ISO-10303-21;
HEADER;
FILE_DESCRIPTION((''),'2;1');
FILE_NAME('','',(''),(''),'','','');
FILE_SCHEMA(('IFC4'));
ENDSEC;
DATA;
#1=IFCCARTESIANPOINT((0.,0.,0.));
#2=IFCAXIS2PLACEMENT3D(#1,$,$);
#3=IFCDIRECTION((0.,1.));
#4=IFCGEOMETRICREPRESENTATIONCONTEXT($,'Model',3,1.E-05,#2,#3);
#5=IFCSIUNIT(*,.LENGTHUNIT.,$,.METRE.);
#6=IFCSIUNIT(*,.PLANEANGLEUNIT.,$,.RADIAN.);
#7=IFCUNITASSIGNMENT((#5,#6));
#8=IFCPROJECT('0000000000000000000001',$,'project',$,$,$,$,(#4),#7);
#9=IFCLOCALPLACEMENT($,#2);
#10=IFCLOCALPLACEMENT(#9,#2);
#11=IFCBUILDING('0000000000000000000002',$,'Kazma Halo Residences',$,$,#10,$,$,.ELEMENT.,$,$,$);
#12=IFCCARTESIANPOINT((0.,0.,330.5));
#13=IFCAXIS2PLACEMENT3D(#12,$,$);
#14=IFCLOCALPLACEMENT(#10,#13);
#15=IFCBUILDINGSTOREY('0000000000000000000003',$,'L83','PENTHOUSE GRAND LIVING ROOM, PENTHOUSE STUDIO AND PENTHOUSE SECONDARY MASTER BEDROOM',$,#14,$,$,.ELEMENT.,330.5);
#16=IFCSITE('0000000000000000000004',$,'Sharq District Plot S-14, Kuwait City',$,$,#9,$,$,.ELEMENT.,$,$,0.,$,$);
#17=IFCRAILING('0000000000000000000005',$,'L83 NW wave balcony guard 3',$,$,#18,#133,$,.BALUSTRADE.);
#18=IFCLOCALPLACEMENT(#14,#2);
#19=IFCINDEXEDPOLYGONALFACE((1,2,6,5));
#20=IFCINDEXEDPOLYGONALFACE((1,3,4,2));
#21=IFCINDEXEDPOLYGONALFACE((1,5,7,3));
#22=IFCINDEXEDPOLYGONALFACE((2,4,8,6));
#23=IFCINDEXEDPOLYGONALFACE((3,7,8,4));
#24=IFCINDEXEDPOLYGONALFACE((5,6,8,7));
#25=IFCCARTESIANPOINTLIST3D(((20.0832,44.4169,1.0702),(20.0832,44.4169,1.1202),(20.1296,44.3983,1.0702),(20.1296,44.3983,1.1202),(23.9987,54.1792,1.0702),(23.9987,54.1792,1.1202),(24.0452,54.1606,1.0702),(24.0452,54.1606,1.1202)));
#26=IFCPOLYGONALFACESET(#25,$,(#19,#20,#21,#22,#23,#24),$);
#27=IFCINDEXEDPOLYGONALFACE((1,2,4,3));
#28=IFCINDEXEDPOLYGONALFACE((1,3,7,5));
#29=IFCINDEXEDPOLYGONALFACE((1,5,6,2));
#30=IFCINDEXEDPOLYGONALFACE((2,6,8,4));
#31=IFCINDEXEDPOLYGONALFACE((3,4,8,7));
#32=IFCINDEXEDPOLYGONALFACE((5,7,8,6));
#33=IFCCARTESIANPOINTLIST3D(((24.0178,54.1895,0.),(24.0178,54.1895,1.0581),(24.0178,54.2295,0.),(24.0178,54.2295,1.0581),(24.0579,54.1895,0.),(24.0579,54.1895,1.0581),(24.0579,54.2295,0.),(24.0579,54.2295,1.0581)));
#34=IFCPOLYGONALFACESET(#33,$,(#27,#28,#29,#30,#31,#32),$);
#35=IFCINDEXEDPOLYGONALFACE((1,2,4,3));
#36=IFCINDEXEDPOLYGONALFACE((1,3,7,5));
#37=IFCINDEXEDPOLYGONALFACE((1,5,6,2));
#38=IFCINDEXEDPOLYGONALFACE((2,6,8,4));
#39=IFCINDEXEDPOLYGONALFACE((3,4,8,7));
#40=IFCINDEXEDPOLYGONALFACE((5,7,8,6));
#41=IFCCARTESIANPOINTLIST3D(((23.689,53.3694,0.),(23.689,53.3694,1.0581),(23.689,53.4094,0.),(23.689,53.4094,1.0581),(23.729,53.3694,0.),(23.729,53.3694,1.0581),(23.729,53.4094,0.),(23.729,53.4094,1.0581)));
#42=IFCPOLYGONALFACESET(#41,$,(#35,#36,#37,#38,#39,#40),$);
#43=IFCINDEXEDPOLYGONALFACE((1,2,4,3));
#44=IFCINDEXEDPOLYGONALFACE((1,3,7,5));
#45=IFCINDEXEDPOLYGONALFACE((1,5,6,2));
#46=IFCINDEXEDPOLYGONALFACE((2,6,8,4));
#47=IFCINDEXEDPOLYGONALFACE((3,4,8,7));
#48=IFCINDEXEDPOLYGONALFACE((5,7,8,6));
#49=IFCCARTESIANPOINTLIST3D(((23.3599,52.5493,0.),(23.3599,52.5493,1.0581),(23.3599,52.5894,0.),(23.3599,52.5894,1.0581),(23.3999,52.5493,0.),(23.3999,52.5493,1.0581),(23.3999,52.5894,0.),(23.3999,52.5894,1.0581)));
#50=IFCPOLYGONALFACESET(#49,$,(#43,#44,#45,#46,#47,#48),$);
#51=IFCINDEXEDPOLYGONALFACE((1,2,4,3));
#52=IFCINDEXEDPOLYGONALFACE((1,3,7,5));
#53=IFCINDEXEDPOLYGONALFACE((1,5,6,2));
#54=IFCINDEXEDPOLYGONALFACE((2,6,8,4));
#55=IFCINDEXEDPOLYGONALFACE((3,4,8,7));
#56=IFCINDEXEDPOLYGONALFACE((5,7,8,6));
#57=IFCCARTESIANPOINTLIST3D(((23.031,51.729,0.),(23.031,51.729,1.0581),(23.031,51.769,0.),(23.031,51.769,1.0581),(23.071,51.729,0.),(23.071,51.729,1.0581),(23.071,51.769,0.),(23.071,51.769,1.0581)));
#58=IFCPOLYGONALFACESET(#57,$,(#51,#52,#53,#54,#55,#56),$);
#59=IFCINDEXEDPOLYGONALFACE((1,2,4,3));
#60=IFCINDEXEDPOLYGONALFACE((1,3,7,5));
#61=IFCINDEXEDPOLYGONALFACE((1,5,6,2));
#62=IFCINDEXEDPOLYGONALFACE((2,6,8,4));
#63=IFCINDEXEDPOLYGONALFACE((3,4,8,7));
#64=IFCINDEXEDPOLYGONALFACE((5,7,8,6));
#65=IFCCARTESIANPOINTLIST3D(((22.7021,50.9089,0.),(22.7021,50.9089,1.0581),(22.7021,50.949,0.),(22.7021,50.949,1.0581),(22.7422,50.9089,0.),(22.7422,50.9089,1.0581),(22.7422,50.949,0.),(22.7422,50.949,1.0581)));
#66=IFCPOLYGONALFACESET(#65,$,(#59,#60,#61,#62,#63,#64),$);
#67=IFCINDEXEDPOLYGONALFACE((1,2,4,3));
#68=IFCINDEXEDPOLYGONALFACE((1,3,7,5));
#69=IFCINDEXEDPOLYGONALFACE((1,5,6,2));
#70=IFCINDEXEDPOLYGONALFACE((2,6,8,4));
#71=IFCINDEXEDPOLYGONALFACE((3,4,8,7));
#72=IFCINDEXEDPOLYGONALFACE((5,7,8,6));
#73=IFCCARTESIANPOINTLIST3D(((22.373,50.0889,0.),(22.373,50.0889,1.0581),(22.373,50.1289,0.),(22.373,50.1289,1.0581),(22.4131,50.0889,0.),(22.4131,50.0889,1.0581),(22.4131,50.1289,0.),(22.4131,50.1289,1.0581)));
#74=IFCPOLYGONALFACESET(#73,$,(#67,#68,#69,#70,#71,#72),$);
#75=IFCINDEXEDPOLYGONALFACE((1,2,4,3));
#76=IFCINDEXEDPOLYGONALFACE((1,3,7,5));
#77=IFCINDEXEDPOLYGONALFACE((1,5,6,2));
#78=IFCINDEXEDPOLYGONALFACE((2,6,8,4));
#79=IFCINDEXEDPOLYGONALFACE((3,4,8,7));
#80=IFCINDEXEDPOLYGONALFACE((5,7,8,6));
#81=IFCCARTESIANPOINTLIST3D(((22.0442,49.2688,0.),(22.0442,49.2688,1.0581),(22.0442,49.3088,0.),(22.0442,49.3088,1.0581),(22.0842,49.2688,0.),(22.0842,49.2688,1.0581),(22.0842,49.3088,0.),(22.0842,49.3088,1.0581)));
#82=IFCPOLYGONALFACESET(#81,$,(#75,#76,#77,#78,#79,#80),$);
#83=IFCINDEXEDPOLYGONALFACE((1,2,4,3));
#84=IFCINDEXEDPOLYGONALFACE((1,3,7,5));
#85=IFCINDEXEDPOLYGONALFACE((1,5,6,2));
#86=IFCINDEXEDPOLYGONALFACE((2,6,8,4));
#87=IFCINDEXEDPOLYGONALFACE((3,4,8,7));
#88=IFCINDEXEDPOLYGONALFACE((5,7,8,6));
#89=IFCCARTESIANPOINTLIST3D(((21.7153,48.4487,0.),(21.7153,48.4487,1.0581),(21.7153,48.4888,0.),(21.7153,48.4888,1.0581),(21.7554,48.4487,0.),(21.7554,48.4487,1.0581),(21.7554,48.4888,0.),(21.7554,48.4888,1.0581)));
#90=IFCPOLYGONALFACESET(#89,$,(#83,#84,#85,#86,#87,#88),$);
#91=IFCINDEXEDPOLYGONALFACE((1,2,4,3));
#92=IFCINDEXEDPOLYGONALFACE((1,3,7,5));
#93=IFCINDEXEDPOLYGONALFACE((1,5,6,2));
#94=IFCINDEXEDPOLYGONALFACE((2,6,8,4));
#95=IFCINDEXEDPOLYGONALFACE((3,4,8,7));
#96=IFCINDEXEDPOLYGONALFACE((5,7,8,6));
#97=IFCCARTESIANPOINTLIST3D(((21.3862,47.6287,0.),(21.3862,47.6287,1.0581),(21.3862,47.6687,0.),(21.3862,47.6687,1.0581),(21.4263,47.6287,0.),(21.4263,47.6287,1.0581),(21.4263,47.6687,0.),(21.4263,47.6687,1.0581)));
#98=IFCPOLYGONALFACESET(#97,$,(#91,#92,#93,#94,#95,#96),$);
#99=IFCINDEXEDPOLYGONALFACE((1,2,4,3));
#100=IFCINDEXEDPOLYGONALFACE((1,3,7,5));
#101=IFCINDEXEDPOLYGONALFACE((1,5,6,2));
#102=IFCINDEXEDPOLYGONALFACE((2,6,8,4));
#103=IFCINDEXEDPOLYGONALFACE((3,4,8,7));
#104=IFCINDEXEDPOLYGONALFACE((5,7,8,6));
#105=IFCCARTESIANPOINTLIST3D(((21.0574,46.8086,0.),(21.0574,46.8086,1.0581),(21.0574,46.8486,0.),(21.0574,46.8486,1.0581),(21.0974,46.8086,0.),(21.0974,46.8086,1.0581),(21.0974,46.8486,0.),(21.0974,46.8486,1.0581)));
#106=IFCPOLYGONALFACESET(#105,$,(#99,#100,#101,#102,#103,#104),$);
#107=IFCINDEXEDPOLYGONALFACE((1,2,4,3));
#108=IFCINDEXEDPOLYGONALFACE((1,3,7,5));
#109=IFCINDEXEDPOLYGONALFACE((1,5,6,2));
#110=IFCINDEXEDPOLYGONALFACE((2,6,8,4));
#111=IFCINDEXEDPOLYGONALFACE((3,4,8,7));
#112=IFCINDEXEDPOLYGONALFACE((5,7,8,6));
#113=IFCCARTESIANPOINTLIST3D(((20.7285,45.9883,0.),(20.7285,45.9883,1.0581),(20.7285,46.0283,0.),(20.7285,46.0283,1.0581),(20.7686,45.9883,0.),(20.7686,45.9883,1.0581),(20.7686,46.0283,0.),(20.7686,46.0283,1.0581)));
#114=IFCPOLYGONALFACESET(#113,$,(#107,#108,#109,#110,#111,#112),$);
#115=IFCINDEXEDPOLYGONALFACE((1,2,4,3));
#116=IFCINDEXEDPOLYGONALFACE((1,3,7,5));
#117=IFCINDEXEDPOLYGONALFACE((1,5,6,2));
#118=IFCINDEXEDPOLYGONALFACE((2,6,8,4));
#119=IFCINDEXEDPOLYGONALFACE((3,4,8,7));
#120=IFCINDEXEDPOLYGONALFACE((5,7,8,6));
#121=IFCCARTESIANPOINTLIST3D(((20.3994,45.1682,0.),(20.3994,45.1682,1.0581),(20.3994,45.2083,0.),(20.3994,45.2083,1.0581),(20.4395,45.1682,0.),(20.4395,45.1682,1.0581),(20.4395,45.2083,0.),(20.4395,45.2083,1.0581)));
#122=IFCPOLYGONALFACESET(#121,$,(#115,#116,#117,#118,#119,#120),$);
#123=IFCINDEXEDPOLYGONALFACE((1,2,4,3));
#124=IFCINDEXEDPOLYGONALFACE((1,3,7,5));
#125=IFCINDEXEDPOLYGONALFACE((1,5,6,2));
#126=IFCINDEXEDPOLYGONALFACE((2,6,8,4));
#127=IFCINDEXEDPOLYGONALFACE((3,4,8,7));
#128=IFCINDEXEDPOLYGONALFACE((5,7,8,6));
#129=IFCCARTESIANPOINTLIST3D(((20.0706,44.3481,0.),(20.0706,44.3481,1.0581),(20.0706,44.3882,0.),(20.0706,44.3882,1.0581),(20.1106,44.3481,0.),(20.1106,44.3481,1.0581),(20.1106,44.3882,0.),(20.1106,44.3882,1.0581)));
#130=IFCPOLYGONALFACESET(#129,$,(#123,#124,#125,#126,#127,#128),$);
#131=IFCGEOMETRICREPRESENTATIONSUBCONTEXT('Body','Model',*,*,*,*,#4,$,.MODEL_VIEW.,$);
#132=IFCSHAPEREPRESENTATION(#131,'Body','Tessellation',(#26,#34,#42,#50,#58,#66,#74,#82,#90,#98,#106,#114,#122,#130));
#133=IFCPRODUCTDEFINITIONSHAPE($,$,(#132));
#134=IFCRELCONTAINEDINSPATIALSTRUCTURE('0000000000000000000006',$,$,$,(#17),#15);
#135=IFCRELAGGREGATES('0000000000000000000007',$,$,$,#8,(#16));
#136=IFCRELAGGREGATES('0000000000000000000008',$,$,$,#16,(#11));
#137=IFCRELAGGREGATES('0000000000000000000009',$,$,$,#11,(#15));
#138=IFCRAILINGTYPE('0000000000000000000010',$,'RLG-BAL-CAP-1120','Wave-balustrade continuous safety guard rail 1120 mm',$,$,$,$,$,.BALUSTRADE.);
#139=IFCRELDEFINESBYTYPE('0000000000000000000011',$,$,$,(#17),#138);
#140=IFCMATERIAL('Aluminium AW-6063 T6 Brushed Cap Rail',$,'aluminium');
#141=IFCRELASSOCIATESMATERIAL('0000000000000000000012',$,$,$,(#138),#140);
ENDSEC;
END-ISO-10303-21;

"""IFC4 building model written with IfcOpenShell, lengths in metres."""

from ifc_helpers import new_model, si_unit, direction, frame, origin, origin_2d, place, context, subcontext, project, spatial, rectangle, extrude, material, type_object, element, save


model = new_model("IFC4")

# Units and contexts
model_context = context("Model", 3, precision=1e-05, world=origin(), true_north=direction((0.0, 1.0)))
body_context = subcontext(model_context, "Body", "Model", "MODEL_VIEW")
ifc_project = project(units=[si_unit("LENGTHUNIT", "METRE"), si_unit("PLANEANGLEUNIT", "RADIAN")], contexts=[model_context])

# Site, building, storey
site_placement = place(None, origin())
site = spatial("IfcSite", under=ifc_project, at=site_placement, Name="Sharq District Plot S-14, Kuwait City", CompositionType="ELEMENT", RefElevation=0.0)
building_placement = place(site_placement, origin())
building = spatial("IfcBuilding", under=site, at=building_placement, Name="Kazma Halo Residences", CompositionType="ELEMENT")
storey_placement = place(building_placement, frame((0.0, 0.0, 330.5)))
storey = spatial("IfcBuildingStorey", under=building, at=storey_placement, Name="L83", Description="PENTHOUSE GRAND LIVING ROOM, PENTHOUSE STUDIO AND PENTHOUSE SECONDARY MASTER BEDROOM", CompositionType="ELEMENT", Elevation=330.5)

# Railing
ifc_material_1 = material(Name="Aluminium AW-6063 T6 Brushed Cap Rail", Category="aluminium")
railing_type = type_object("IfcRailingType", Name="RLG-BAL-CAP-1120", Description="Wave-balustrade continuous safety guard rail 1120 mm", PredefinedType="BALUSTRADE", material=ifc_material_1)
railing_1_placement = place(storey_placement, frame((24.0378, 54.2095, 0.0)))
element("IfcRailing", 1, at=railing_1_placement, inside=storey, type_object=railing_type, Name="L83 NW wave balcony guard 3", PredefinedType="BALUSTRADE", context=body_context, shape_type="SweptSolid", body=[
    extrude(rectangle(XDim=0.05, YDim=0.05, at=origin_2d()), frame((-0.0159, -0.0396, 1.0952), z_axis=(-0.372264, -0.928127, 0.0), x_axis=(0.928127, -0.372264, 0.0)), (0.0, 0.0, 1.0), 10.5183),
    extrude(rectangle(XDim=0.04, YDim=0.04, at=origin_2d()), origin(), (0.0, 0.0, 1.0), 1.0581),
    extrude(rectangle(XDim=0.04, YDim=0.04, at=origin_2d()), frame((-0.3289, -0.8201, 0.0)), (0.0, 0.0, 1.0), 1.0581),
    extrude(rectangle(XDim=0.04, YDim=0.04, at=origin_2d()), frame((-0.658, -1.6401, 0.0)), (0.0, 0.0, 1.0), 1.0581),
    extrude(rectangle(XDim=0.04, YDim=0.04, at=origin_2d()), frame((-0.9868, -2.4604, 0.0)), (0.0, 0.0, 1.0), 1.0581),
    extrude(rectangle(XDim=0.04, YDim=0.04, at=origin_2d()), frame((-1.3157, -3.2805, 0.0)), (0.0, 0.0, 1.0), 1.0581),
    extrude(rectangle(XDim=0.04, YDim=0.04, at=origin_2d()), frame((-1.6448, -4.1006, 0.0)), (0.0, 0.0, 1.0), 1.0581),
    extrude(rectangle(XDim=0.04, YDim=0.04, at=origin_2d()), frame((-1.9736, -4.9207, 0.0)), (0.0, 0.0, 1.0), 1.0581),
    extrude(rectangle(XDim=0.04, YDim=0.04, at=origin_2d()), frame((-2.3025, -5.7407, 0.0)), (0.0, 0.0, 1.0), 1.0581),
    extrude(rectangle(XDim=0.04, YDim=0.04, at=origin_2d()), frame((-2.6316, -6.5608, 0.0)), (0.0, 0.0, 1.0), 1.0581),
    extrude(rectangle(XDim=0.04, YDim=0.04, at=origin_2d()), frame((-2.9604, -7.3809, 0.0)), (0.0, 0.0, 1.0), 1.0581),
    extrude(rectangle(XDim=0.04, YDim=0.04, at=origin_2d()), frame((-3.2893, -8.2012, 0.0)), (0.0, 0.0, 1.0), 1.0581),
    extrude(rectangle(XDim=0.04, YDim=0.04, at=origin_2d()), frame((-3.6184, -9.0212, 0.0)), (0.0, 0.0, 1.0), 1.0581),
    extrude(rectangle(XDim=0.04, YDim=0.04, at=origin_2d()), frame((-3.9473, -9.8413, 0.0)), (0.0, 0.0, 1.0), 1.0581),
])

save(model, "model.ifc")
